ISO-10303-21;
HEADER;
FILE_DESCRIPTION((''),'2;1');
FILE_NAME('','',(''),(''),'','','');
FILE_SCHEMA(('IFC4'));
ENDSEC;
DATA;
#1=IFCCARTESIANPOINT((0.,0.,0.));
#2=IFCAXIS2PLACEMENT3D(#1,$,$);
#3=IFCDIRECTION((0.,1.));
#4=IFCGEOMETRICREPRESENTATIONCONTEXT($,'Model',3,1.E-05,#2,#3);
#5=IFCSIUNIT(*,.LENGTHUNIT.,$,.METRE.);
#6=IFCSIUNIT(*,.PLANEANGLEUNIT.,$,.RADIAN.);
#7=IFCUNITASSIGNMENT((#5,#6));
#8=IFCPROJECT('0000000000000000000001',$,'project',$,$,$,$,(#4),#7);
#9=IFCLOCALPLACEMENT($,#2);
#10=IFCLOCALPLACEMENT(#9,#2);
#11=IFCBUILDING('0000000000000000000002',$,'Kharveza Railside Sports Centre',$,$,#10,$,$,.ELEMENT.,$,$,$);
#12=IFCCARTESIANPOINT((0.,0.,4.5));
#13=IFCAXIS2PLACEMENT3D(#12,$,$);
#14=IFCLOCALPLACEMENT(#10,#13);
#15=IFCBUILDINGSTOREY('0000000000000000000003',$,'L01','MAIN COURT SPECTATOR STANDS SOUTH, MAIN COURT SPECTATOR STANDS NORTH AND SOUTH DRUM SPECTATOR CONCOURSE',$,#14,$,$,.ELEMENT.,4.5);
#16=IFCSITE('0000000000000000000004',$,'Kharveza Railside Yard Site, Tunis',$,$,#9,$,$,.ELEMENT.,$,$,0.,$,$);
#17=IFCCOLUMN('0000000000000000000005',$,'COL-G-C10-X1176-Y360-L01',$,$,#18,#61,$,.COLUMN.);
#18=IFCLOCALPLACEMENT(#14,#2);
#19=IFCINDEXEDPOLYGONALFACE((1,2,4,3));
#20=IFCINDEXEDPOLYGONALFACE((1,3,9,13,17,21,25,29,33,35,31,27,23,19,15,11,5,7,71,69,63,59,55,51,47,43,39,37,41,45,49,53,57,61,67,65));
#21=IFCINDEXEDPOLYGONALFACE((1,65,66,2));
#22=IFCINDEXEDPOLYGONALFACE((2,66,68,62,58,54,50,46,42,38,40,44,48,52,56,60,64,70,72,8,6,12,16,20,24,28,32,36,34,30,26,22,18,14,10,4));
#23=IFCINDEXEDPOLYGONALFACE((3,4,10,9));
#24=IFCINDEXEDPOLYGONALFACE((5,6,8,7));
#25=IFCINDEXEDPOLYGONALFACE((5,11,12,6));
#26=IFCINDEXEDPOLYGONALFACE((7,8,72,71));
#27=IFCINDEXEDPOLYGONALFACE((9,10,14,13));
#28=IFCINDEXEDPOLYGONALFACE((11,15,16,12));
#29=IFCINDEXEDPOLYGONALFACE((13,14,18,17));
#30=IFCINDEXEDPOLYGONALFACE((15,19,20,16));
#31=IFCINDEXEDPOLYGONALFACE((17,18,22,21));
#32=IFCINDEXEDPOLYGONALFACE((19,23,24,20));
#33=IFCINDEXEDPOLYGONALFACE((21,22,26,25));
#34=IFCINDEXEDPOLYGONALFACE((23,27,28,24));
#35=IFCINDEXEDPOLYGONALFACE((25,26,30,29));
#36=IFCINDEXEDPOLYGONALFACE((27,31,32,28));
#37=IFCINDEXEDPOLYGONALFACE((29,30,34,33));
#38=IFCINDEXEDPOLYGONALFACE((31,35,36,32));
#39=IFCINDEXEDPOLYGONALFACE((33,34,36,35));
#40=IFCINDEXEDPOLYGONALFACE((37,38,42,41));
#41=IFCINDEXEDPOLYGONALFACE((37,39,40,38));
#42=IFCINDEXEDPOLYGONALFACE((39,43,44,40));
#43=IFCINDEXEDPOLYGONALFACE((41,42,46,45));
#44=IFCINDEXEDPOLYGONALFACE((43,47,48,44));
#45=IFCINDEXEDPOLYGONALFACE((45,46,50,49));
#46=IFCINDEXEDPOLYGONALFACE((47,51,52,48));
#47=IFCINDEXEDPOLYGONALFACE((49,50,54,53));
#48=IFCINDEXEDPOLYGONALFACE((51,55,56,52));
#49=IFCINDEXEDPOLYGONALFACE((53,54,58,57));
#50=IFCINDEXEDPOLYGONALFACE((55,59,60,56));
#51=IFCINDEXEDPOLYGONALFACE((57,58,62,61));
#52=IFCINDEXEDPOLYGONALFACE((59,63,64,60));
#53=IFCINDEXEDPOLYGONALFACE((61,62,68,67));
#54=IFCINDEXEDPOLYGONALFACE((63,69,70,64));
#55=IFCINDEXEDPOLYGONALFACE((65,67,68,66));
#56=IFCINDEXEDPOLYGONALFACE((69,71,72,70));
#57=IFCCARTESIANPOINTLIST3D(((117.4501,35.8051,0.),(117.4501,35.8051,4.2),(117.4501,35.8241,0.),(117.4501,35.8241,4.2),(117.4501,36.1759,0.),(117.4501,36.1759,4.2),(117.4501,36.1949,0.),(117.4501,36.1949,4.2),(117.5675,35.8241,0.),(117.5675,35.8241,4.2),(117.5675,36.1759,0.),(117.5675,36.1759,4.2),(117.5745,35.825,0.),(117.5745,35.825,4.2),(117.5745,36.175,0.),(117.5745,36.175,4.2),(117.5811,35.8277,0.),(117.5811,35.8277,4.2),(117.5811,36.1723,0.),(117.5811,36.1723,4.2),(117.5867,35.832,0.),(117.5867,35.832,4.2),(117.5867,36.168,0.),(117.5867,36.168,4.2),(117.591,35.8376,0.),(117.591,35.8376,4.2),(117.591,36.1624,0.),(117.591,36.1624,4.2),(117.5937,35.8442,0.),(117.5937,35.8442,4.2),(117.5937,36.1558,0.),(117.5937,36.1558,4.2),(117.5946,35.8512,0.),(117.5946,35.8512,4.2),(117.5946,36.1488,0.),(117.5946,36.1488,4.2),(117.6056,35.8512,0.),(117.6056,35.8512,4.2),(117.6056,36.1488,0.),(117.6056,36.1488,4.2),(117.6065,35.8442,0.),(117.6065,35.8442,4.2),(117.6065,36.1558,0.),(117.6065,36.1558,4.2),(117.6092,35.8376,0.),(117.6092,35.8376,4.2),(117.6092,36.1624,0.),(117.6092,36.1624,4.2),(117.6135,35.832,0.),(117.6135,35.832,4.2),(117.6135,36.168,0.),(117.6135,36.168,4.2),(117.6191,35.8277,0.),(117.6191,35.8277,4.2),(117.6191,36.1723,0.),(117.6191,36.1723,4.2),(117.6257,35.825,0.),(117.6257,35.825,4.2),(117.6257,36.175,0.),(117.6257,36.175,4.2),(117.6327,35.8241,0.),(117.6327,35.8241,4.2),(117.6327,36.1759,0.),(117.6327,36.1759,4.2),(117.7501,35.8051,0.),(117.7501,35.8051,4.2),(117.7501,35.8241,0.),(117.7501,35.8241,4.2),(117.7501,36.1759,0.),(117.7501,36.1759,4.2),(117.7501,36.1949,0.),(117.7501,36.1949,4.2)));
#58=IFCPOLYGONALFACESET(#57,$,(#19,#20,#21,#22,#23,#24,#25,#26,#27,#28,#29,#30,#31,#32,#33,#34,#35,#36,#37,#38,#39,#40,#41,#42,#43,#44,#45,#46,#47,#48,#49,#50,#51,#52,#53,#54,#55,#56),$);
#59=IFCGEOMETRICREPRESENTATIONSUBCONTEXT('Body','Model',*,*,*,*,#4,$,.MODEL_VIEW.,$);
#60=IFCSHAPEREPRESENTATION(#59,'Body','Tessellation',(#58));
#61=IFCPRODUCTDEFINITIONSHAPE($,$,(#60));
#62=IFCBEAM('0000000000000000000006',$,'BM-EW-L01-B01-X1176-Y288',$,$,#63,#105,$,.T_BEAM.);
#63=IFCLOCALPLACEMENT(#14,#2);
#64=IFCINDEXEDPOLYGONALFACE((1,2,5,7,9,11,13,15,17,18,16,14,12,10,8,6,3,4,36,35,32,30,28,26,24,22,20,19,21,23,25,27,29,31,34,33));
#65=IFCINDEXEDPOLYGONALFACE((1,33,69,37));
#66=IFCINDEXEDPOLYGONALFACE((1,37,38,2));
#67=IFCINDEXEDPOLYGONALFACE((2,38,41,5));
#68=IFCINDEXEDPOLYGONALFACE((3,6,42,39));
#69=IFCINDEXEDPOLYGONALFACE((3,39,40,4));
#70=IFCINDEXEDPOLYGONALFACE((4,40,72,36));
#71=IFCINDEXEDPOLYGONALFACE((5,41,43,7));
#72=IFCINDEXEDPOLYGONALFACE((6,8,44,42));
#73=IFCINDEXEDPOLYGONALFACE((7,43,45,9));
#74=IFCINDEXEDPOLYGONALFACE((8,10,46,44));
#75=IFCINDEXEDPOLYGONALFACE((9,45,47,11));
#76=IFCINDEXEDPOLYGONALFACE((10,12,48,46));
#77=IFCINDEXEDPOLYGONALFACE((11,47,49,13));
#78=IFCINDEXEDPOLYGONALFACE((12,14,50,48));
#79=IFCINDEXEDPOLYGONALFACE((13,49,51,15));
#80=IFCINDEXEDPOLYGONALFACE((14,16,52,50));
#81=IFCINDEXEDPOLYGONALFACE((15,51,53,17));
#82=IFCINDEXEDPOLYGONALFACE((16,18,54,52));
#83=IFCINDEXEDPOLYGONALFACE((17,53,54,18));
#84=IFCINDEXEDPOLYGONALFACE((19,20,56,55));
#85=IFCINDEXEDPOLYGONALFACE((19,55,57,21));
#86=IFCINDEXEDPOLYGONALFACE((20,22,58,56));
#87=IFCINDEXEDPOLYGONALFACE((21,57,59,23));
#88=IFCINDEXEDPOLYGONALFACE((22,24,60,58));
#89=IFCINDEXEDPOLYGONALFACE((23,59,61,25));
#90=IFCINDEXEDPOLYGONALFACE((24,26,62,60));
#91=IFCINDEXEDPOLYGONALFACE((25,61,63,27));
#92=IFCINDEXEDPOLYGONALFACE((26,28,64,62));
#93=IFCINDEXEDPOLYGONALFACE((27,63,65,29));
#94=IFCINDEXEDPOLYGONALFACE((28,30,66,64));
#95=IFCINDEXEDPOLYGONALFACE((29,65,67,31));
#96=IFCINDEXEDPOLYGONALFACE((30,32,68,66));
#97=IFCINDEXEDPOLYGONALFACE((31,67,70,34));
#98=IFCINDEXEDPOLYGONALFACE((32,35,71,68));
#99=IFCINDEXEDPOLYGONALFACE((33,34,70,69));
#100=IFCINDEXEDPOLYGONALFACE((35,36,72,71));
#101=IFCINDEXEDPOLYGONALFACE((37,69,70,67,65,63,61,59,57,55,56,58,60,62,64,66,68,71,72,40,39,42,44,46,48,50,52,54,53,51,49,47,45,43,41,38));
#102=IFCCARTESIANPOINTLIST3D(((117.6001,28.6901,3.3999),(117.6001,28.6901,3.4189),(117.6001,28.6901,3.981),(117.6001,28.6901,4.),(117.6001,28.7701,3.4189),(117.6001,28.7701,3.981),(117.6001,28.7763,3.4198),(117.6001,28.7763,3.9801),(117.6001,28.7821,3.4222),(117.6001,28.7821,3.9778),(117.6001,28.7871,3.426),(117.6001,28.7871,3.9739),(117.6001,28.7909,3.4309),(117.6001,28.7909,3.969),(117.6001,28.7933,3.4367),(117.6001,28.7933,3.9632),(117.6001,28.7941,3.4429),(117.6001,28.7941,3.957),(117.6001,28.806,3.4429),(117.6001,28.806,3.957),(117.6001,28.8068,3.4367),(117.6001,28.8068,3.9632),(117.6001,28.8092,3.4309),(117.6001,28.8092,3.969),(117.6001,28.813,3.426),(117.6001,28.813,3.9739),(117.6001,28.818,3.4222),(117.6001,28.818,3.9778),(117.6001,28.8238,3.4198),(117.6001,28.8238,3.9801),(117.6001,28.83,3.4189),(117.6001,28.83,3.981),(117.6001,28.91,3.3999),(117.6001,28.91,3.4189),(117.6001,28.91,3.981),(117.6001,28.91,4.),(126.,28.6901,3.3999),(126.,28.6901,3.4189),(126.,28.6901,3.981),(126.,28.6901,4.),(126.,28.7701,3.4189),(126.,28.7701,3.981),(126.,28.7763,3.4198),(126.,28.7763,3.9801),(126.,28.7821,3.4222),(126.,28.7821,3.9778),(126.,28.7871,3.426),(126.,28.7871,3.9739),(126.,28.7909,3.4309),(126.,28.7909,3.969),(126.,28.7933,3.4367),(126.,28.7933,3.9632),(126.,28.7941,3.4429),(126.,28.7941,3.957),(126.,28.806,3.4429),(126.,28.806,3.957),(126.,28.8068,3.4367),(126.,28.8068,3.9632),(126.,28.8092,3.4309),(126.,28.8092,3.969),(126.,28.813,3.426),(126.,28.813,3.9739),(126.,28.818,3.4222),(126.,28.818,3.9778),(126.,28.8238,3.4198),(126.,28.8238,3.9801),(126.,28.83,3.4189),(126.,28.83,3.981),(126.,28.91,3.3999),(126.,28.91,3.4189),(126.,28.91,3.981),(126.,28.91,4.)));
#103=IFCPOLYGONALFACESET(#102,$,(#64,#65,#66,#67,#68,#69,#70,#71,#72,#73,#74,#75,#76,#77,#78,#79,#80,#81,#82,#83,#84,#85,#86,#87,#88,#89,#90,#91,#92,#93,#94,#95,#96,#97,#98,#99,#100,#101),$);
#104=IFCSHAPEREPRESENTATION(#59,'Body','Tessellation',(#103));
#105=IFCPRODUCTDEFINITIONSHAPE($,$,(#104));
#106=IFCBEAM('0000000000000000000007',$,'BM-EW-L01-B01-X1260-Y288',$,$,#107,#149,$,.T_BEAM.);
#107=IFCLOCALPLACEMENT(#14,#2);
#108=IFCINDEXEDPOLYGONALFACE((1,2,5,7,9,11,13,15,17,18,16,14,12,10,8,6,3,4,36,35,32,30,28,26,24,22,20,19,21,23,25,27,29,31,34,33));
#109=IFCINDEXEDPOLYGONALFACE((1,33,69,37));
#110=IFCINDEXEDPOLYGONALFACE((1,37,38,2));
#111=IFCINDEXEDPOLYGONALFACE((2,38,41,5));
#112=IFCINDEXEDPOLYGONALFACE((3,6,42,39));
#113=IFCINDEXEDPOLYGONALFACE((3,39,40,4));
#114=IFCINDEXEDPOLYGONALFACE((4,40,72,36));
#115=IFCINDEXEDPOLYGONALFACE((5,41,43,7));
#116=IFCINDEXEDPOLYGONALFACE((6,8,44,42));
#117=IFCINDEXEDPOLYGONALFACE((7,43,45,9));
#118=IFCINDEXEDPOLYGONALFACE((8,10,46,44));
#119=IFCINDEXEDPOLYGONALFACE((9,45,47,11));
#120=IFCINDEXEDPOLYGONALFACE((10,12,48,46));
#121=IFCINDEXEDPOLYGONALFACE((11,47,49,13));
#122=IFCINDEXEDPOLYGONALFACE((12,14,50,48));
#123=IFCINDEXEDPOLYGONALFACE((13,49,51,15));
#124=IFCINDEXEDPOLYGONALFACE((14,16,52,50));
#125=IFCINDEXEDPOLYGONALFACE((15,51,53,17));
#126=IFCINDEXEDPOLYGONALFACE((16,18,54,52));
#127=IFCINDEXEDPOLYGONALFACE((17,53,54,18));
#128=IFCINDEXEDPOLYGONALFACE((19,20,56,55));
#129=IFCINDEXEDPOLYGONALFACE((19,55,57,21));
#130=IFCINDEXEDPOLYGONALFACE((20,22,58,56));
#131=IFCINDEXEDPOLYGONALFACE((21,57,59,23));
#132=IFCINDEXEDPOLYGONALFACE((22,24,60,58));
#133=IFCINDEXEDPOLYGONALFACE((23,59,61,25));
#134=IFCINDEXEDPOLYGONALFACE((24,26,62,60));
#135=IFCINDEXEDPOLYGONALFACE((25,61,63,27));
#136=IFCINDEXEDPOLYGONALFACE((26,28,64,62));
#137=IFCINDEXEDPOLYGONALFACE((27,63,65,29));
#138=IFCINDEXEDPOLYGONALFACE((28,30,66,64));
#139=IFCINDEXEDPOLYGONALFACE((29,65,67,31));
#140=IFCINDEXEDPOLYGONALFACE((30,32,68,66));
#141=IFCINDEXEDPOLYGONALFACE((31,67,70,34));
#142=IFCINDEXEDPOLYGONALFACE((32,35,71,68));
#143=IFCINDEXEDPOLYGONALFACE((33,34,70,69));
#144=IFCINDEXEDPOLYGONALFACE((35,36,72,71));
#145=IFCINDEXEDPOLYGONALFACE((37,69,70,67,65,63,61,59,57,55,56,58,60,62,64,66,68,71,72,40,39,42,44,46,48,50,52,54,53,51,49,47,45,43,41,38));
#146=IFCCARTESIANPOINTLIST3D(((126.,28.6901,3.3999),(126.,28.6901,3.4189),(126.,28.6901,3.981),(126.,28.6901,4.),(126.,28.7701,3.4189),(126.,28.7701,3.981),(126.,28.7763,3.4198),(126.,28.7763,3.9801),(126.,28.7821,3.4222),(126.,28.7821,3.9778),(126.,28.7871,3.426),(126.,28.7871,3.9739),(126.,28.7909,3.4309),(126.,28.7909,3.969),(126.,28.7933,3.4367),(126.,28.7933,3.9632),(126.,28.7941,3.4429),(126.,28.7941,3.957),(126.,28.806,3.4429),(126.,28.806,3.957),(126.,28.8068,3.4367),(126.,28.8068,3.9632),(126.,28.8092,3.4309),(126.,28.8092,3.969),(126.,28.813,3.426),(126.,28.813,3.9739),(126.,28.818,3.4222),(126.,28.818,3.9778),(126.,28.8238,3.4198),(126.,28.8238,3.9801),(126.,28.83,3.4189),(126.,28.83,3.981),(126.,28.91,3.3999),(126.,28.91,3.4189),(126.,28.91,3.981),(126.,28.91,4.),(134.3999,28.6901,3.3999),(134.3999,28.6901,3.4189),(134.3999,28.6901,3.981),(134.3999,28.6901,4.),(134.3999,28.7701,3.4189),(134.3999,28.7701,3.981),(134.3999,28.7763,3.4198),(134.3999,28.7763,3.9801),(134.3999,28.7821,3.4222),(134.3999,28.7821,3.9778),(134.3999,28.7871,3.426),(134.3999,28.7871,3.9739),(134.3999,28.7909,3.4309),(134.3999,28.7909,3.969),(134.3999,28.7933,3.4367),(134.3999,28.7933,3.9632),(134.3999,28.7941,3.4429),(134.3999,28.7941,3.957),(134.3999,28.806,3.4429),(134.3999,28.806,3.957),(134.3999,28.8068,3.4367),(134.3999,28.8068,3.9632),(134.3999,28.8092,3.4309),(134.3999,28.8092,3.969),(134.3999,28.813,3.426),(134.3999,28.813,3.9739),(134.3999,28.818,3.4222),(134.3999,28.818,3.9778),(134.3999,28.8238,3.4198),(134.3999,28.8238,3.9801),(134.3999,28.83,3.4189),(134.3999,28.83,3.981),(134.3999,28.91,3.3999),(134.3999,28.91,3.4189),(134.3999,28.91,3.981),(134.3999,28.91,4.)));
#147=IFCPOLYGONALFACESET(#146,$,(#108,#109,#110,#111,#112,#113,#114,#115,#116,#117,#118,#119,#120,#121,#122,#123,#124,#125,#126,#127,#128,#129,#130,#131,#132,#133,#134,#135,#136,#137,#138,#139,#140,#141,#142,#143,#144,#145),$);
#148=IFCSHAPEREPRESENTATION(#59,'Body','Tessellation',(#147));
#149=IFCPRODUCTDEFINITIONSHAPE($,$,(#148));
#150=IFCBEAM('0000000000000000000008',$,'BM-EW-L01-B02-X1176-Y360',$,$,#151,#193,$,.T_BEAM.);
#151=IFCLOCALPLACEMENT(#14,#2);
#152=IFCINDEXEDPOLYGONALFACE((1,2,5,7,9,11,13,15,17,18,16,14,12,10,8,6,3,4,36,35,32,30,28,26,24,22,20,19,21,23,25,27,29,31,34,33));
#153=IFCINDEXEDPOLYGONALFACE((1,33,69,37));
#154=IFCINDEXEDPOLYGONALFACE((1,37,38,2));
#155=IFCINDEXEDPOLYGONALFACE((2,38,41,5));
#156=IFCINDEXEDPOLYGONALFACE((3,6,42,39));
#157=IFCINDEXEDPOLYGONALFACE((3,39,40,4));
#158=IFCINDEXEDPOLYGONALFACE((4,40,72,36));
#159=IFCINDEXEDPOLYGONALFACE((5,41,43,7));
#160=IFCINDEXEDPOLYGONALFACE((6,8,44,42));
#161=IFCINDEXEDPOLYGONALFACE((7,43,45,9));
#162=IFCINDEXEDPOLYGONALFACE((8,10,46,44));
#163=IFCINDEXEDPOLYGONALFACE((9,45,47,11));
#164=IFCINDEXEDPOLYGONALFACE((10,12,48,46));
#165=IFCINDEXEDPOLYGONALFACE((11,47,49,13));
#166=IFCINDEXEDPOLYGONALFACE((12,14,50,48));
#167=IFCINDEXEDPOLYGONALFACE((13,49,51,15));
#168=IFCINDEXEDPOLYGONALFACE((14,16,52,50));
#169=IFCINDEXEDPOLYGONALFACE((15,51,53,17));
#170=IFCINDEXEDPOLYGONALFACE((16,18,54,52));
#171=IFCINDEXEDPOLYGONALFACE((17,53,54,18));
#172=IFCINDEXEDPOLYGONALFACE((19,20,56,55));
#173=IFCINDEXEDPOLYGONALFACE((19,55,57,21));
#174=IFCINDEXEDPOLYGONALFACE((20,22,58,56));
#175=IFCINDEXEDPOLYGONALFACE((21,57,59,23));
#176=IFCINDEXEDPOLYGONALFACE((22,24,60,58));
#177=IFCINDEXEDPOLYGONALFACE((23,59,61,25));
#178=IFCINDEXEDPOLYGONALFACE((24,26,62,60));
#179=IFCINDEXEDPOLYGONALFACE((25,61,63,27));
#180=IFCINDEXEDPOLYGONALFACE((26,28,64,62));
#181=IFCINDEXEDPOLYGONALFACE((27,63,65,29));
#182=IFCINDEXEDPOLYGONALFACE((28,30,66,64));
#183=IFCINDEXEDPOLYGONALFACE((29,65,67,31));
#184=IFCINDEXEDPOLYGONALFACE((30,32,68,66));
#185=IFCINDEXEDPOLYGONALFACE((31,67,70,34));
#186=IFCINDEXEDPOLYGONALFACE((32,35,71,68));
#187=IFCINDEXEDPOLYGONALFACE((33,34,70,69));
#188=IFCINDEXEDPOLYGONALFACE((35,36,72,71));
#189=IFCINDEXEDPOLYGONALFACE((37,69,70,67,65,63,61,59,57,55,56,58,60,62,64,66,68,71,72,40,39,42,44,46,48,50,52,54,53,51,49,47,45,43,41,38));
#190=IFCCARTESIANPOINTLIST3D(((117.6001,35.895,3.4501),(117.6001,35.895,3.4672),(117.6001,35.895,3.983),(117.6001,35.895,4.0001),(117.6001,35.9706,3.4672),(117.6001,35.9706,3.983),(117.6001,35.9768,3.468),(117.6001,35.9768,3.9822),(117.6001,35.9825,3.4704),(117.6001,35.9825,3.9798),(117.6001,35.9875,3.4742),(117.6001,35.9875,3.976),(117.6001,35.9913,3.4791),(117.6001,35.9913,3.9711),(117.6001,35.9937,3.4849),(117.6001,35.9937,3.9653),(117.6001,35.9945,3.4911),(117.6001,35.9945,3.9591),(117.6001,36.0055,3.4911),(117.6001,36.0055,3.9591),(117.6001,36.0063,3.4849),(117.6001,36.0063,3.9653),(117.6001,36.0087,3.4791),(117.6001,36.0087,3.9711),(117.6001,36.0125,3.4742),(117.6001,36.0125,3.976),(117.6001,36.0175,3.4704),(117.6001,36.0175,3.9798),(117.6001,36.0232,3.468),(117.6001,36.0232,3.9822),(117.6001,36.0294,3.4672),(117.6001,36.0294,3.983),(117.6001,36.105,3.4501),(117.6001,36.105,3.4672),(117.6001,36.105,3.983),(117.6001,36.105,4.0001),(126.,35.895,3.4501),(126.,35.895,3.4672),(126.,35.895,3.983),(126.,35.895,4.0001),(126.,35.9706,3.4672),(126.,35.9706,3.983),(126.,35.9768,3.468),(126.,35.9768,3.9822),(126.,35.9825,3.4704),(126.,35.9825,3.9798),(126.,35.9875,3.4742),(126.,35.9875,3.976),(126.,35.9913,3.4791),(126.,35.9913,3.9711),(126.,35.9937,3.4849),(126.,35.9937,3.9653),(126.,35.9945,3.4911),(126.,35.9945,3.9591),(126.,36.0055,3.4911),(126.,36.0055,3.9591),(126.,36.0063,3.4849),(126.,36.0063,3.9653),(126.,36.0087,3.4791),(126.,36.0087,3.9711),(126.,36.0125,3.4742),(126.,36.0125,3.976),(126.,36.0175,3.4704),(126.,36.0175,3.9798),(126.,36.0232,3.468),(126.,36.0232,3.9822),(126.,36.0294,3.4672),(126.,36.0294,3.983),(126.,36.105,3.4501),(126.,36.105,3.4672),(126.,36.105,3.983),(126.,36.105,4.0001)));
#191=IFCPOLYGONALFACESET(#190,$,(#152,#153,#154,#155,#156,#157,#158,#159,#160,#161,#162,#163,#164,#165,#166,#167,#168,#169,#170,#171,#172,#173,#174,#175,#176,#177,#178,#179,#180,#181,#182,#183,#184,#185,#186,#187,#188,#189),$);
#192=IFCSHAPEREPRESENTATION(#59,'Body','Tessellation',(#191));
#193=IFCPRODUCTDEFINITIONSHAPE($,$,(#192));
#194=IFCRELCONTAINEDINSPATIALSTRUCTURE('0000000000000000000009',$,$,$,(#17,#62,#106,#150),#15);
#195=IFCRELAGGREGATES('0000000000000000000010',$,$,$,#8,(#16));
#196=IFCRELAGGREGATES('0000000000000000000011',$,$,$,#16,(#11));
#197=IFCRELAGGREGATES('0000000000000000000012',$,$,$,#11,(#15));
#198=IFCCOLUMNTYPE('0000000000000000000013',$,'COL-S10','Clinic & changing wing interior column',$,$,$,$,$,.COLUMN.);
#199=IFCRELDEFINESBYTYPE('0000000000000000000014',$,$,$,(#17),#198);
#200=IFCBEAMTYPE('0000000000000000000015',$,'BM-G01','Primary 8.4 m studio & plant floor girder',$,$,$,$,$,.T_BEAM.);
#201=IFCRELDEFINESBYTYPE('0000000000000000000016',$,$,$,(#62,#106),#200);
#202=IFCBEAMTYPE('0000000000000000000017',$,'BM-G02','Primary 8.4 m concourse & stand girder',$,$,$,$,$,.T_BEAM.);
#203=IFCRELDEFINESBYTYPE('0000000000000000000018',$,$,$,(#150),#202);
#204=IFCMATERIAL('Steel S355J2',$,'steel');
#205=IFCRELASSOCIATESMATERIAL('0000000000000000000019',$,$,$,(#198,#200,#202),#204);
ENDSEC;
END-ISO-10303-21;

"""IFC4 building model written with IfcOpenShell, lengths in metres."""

from ifc_helpers import new_model, si_unit, direction, frame, origin, origin_2d, place, context, subcontext, project, spatial, i_section, extrude, material, material_profile, profile_set, type_object, element, save


model = new_model("IFC4")

# Units and contexts
model_context = context("Model", 3, precision=1e-05, world=origin(), true_north=direction((0.0, 1.0)))
body_context = subcontext(model_context, "Body", "Model", "MODEL_VIEW")
ifc_project = project(units=[si_unit("LENGTHUNIT", "METRE"), si_unit("PLANEANGLEUNIT", "RADIAN")], contexts=[model_context])

# Site, building, storey
site_placement = place(None, origin())
site = spatial("IfcSite", under=ifc_project, at=site_placement, Name="Kharveza Railside Yard Site, Tunis", CompositionType="ELEMENT", RefElevation=0.0)
building_placement = place(site_placement, origin())
building = spatial("IfcBuilding", under=site, at=building_placement, Name="Kharveza Railside Sports Centre", CompositionType="ELEMENT")
storey_placement = place(building_placement, frame((0.0, 0.0, 4.5)))
storey = spatial("IfcBuildingStorey", under=building, at=storey_placement, Name="L01", Description="MAIN COURT SPECTATOR STANDS SOUTH, MAIN COURT SPECTATOR STANDS NORTH AND SOUTH DRUM SPECTATOR CONCOURSE", CompositionType="ELEMENT", Elevation=4.5)

# Column
ifc_material_1 = material(Name="Steel S355J2", Category="steel")
ifc_material_profile_1 = material_profile(ifc_material_1, i_section(OverallWidth=0.3, OverallDepth=0.3899, WebThickness=0.011, FlangeThickness=0.019, FilletRadius=0.0271, at=origin_2d()), Name="HEA 400")
ifc_profile_set_1 = profile_set([ifc_material_profile_1], Name="Steel S355J2")
column_type_1 = type_object("IfcColumnType", Name="COL-S10", Description="Clinic & changing wing interior column", PredefinedType="COLUMN", material=ifc_profile_set_1)
for number, where, z_axis, x_axis, name in (
    (1, (117.6001, 36.0, 0.0), (0.0, 0.0, 1.0), (1.0, 0.0, 0.0), "COL-G-C10-X1176-Y360-L01"),
):
    element("IfcColumn", number, at=place(storey_placement, frame(where, z_axis=z_axis, x_axis=x_axis)), inside=storey, type_object=column_type_1, Name=name, PredefinedType="COLUMN", context=body_context, shape_type="SweptSolid", body=[
        extrude(i_section(OverallWidth=0.3, OverallDepth=0.3899, WebThickness=0.011, FlangeThickness=0.019, FilletRadius=0.0271, at=origin_2d()), origin(), (0.0, 0.0, 1.0), 4.2),
    ])

# Beams
ifc_material_profile_2 = material_profile(ifc_material_1, i_section(OverallWidth=0.22, OverallDepth=0.6001, WebThickness=0.012, FlangeThickness=0.019, FilletRadius=0.0239, at=origin_2d()), Name="IPE 600")
ifc_profile_set_2 = profile_set([ifc_material_profile_2], Name="Steel S355J2")
beam_type_1 = type_object("IfcBeamType", Name="BM-G01", Description="Primary 8.4 m studio & plant floor girder", PredefinedType="T_BEAM", material=ifc_profile_set_2)
for number, where, z_axis, x_axis, name in (
    (2, (117.6001, 28.8, 3.7), (1.0, 0.0, 0.0), (0.0, 1.0, 0.0), "BM-EW-L01-B01-X1176-Y288"),
    (3, (126.0, 28.8, 3.7), (1.0, 0.0, 0.0), (0.0, 1.0, 0.0), "BM-EW-L01-B01-X1260-Y288"),
):
    element("IfcBeam", number, at=place(storey_placement, frame(where, z_axis=z_axis, x_axis=x_axis)), inside=storey, type_object=beam_type_1, Name=name, PredefinedType="T_BEAM", context=body_context, shape_type="SweptSolid", body=[
        extrude(i_section(OverallWidth=0.22, OverallDepth=0.6001, WebThickness=0.012, FlangeThickness=0.019, FilletRadius=0.0239, at=origin_2d()), origin(), (0.0, 0.0, 1.0), 8.3999),
    ])
ifc_material_profile_3 = material_profile(ifc_material_1, i_section(OverallWidth=0.21, OverallDepth=0.55, WebThickness=0.011, FlangeThickness=0.0171, FilletRadius=0.0239, at=origin_2d()), Name="IPE 550")
ifc_profile_set_3 = profile_set([ifc_material_profile_3], Name="Steel S355J2")
beam_type_2 = type_object("IfcBeamType", Name="BM-G02", Description="Primary 8.4 m concourse & stand girder", PredefinedType="T_BEAM", material=ifc_profile_set_3)
for number, where, z_axis, x_axis, name in (
    (4, (117.6001, 36.0, 3.7251), (1.0, 0.0, 0.0), (0.0, 1.0, 0.0), "BM-EW-L01-B02-X1176-Y360"),
):
    element("IfcBeam", number, at=place(storey_placement, frame(where, z_axis=z_axis, x_axis=x_axis)), inside=storey, type_object=beam_type_2, Name=name, PredefinedType="T_BEAM", context=body_context, shape_type="SweptSolid", body=[
        extrude(i_section(OverallWidth=0.21, OverallDepth=0.55, WebThickness=0.011, FlangeThickness=0.0171, FilletRadius=0.0239, at=origin_2d()), origin(), (0.0, 0.0, 1.0), 8.3999),
    ])

save(model, "model.ifc")
